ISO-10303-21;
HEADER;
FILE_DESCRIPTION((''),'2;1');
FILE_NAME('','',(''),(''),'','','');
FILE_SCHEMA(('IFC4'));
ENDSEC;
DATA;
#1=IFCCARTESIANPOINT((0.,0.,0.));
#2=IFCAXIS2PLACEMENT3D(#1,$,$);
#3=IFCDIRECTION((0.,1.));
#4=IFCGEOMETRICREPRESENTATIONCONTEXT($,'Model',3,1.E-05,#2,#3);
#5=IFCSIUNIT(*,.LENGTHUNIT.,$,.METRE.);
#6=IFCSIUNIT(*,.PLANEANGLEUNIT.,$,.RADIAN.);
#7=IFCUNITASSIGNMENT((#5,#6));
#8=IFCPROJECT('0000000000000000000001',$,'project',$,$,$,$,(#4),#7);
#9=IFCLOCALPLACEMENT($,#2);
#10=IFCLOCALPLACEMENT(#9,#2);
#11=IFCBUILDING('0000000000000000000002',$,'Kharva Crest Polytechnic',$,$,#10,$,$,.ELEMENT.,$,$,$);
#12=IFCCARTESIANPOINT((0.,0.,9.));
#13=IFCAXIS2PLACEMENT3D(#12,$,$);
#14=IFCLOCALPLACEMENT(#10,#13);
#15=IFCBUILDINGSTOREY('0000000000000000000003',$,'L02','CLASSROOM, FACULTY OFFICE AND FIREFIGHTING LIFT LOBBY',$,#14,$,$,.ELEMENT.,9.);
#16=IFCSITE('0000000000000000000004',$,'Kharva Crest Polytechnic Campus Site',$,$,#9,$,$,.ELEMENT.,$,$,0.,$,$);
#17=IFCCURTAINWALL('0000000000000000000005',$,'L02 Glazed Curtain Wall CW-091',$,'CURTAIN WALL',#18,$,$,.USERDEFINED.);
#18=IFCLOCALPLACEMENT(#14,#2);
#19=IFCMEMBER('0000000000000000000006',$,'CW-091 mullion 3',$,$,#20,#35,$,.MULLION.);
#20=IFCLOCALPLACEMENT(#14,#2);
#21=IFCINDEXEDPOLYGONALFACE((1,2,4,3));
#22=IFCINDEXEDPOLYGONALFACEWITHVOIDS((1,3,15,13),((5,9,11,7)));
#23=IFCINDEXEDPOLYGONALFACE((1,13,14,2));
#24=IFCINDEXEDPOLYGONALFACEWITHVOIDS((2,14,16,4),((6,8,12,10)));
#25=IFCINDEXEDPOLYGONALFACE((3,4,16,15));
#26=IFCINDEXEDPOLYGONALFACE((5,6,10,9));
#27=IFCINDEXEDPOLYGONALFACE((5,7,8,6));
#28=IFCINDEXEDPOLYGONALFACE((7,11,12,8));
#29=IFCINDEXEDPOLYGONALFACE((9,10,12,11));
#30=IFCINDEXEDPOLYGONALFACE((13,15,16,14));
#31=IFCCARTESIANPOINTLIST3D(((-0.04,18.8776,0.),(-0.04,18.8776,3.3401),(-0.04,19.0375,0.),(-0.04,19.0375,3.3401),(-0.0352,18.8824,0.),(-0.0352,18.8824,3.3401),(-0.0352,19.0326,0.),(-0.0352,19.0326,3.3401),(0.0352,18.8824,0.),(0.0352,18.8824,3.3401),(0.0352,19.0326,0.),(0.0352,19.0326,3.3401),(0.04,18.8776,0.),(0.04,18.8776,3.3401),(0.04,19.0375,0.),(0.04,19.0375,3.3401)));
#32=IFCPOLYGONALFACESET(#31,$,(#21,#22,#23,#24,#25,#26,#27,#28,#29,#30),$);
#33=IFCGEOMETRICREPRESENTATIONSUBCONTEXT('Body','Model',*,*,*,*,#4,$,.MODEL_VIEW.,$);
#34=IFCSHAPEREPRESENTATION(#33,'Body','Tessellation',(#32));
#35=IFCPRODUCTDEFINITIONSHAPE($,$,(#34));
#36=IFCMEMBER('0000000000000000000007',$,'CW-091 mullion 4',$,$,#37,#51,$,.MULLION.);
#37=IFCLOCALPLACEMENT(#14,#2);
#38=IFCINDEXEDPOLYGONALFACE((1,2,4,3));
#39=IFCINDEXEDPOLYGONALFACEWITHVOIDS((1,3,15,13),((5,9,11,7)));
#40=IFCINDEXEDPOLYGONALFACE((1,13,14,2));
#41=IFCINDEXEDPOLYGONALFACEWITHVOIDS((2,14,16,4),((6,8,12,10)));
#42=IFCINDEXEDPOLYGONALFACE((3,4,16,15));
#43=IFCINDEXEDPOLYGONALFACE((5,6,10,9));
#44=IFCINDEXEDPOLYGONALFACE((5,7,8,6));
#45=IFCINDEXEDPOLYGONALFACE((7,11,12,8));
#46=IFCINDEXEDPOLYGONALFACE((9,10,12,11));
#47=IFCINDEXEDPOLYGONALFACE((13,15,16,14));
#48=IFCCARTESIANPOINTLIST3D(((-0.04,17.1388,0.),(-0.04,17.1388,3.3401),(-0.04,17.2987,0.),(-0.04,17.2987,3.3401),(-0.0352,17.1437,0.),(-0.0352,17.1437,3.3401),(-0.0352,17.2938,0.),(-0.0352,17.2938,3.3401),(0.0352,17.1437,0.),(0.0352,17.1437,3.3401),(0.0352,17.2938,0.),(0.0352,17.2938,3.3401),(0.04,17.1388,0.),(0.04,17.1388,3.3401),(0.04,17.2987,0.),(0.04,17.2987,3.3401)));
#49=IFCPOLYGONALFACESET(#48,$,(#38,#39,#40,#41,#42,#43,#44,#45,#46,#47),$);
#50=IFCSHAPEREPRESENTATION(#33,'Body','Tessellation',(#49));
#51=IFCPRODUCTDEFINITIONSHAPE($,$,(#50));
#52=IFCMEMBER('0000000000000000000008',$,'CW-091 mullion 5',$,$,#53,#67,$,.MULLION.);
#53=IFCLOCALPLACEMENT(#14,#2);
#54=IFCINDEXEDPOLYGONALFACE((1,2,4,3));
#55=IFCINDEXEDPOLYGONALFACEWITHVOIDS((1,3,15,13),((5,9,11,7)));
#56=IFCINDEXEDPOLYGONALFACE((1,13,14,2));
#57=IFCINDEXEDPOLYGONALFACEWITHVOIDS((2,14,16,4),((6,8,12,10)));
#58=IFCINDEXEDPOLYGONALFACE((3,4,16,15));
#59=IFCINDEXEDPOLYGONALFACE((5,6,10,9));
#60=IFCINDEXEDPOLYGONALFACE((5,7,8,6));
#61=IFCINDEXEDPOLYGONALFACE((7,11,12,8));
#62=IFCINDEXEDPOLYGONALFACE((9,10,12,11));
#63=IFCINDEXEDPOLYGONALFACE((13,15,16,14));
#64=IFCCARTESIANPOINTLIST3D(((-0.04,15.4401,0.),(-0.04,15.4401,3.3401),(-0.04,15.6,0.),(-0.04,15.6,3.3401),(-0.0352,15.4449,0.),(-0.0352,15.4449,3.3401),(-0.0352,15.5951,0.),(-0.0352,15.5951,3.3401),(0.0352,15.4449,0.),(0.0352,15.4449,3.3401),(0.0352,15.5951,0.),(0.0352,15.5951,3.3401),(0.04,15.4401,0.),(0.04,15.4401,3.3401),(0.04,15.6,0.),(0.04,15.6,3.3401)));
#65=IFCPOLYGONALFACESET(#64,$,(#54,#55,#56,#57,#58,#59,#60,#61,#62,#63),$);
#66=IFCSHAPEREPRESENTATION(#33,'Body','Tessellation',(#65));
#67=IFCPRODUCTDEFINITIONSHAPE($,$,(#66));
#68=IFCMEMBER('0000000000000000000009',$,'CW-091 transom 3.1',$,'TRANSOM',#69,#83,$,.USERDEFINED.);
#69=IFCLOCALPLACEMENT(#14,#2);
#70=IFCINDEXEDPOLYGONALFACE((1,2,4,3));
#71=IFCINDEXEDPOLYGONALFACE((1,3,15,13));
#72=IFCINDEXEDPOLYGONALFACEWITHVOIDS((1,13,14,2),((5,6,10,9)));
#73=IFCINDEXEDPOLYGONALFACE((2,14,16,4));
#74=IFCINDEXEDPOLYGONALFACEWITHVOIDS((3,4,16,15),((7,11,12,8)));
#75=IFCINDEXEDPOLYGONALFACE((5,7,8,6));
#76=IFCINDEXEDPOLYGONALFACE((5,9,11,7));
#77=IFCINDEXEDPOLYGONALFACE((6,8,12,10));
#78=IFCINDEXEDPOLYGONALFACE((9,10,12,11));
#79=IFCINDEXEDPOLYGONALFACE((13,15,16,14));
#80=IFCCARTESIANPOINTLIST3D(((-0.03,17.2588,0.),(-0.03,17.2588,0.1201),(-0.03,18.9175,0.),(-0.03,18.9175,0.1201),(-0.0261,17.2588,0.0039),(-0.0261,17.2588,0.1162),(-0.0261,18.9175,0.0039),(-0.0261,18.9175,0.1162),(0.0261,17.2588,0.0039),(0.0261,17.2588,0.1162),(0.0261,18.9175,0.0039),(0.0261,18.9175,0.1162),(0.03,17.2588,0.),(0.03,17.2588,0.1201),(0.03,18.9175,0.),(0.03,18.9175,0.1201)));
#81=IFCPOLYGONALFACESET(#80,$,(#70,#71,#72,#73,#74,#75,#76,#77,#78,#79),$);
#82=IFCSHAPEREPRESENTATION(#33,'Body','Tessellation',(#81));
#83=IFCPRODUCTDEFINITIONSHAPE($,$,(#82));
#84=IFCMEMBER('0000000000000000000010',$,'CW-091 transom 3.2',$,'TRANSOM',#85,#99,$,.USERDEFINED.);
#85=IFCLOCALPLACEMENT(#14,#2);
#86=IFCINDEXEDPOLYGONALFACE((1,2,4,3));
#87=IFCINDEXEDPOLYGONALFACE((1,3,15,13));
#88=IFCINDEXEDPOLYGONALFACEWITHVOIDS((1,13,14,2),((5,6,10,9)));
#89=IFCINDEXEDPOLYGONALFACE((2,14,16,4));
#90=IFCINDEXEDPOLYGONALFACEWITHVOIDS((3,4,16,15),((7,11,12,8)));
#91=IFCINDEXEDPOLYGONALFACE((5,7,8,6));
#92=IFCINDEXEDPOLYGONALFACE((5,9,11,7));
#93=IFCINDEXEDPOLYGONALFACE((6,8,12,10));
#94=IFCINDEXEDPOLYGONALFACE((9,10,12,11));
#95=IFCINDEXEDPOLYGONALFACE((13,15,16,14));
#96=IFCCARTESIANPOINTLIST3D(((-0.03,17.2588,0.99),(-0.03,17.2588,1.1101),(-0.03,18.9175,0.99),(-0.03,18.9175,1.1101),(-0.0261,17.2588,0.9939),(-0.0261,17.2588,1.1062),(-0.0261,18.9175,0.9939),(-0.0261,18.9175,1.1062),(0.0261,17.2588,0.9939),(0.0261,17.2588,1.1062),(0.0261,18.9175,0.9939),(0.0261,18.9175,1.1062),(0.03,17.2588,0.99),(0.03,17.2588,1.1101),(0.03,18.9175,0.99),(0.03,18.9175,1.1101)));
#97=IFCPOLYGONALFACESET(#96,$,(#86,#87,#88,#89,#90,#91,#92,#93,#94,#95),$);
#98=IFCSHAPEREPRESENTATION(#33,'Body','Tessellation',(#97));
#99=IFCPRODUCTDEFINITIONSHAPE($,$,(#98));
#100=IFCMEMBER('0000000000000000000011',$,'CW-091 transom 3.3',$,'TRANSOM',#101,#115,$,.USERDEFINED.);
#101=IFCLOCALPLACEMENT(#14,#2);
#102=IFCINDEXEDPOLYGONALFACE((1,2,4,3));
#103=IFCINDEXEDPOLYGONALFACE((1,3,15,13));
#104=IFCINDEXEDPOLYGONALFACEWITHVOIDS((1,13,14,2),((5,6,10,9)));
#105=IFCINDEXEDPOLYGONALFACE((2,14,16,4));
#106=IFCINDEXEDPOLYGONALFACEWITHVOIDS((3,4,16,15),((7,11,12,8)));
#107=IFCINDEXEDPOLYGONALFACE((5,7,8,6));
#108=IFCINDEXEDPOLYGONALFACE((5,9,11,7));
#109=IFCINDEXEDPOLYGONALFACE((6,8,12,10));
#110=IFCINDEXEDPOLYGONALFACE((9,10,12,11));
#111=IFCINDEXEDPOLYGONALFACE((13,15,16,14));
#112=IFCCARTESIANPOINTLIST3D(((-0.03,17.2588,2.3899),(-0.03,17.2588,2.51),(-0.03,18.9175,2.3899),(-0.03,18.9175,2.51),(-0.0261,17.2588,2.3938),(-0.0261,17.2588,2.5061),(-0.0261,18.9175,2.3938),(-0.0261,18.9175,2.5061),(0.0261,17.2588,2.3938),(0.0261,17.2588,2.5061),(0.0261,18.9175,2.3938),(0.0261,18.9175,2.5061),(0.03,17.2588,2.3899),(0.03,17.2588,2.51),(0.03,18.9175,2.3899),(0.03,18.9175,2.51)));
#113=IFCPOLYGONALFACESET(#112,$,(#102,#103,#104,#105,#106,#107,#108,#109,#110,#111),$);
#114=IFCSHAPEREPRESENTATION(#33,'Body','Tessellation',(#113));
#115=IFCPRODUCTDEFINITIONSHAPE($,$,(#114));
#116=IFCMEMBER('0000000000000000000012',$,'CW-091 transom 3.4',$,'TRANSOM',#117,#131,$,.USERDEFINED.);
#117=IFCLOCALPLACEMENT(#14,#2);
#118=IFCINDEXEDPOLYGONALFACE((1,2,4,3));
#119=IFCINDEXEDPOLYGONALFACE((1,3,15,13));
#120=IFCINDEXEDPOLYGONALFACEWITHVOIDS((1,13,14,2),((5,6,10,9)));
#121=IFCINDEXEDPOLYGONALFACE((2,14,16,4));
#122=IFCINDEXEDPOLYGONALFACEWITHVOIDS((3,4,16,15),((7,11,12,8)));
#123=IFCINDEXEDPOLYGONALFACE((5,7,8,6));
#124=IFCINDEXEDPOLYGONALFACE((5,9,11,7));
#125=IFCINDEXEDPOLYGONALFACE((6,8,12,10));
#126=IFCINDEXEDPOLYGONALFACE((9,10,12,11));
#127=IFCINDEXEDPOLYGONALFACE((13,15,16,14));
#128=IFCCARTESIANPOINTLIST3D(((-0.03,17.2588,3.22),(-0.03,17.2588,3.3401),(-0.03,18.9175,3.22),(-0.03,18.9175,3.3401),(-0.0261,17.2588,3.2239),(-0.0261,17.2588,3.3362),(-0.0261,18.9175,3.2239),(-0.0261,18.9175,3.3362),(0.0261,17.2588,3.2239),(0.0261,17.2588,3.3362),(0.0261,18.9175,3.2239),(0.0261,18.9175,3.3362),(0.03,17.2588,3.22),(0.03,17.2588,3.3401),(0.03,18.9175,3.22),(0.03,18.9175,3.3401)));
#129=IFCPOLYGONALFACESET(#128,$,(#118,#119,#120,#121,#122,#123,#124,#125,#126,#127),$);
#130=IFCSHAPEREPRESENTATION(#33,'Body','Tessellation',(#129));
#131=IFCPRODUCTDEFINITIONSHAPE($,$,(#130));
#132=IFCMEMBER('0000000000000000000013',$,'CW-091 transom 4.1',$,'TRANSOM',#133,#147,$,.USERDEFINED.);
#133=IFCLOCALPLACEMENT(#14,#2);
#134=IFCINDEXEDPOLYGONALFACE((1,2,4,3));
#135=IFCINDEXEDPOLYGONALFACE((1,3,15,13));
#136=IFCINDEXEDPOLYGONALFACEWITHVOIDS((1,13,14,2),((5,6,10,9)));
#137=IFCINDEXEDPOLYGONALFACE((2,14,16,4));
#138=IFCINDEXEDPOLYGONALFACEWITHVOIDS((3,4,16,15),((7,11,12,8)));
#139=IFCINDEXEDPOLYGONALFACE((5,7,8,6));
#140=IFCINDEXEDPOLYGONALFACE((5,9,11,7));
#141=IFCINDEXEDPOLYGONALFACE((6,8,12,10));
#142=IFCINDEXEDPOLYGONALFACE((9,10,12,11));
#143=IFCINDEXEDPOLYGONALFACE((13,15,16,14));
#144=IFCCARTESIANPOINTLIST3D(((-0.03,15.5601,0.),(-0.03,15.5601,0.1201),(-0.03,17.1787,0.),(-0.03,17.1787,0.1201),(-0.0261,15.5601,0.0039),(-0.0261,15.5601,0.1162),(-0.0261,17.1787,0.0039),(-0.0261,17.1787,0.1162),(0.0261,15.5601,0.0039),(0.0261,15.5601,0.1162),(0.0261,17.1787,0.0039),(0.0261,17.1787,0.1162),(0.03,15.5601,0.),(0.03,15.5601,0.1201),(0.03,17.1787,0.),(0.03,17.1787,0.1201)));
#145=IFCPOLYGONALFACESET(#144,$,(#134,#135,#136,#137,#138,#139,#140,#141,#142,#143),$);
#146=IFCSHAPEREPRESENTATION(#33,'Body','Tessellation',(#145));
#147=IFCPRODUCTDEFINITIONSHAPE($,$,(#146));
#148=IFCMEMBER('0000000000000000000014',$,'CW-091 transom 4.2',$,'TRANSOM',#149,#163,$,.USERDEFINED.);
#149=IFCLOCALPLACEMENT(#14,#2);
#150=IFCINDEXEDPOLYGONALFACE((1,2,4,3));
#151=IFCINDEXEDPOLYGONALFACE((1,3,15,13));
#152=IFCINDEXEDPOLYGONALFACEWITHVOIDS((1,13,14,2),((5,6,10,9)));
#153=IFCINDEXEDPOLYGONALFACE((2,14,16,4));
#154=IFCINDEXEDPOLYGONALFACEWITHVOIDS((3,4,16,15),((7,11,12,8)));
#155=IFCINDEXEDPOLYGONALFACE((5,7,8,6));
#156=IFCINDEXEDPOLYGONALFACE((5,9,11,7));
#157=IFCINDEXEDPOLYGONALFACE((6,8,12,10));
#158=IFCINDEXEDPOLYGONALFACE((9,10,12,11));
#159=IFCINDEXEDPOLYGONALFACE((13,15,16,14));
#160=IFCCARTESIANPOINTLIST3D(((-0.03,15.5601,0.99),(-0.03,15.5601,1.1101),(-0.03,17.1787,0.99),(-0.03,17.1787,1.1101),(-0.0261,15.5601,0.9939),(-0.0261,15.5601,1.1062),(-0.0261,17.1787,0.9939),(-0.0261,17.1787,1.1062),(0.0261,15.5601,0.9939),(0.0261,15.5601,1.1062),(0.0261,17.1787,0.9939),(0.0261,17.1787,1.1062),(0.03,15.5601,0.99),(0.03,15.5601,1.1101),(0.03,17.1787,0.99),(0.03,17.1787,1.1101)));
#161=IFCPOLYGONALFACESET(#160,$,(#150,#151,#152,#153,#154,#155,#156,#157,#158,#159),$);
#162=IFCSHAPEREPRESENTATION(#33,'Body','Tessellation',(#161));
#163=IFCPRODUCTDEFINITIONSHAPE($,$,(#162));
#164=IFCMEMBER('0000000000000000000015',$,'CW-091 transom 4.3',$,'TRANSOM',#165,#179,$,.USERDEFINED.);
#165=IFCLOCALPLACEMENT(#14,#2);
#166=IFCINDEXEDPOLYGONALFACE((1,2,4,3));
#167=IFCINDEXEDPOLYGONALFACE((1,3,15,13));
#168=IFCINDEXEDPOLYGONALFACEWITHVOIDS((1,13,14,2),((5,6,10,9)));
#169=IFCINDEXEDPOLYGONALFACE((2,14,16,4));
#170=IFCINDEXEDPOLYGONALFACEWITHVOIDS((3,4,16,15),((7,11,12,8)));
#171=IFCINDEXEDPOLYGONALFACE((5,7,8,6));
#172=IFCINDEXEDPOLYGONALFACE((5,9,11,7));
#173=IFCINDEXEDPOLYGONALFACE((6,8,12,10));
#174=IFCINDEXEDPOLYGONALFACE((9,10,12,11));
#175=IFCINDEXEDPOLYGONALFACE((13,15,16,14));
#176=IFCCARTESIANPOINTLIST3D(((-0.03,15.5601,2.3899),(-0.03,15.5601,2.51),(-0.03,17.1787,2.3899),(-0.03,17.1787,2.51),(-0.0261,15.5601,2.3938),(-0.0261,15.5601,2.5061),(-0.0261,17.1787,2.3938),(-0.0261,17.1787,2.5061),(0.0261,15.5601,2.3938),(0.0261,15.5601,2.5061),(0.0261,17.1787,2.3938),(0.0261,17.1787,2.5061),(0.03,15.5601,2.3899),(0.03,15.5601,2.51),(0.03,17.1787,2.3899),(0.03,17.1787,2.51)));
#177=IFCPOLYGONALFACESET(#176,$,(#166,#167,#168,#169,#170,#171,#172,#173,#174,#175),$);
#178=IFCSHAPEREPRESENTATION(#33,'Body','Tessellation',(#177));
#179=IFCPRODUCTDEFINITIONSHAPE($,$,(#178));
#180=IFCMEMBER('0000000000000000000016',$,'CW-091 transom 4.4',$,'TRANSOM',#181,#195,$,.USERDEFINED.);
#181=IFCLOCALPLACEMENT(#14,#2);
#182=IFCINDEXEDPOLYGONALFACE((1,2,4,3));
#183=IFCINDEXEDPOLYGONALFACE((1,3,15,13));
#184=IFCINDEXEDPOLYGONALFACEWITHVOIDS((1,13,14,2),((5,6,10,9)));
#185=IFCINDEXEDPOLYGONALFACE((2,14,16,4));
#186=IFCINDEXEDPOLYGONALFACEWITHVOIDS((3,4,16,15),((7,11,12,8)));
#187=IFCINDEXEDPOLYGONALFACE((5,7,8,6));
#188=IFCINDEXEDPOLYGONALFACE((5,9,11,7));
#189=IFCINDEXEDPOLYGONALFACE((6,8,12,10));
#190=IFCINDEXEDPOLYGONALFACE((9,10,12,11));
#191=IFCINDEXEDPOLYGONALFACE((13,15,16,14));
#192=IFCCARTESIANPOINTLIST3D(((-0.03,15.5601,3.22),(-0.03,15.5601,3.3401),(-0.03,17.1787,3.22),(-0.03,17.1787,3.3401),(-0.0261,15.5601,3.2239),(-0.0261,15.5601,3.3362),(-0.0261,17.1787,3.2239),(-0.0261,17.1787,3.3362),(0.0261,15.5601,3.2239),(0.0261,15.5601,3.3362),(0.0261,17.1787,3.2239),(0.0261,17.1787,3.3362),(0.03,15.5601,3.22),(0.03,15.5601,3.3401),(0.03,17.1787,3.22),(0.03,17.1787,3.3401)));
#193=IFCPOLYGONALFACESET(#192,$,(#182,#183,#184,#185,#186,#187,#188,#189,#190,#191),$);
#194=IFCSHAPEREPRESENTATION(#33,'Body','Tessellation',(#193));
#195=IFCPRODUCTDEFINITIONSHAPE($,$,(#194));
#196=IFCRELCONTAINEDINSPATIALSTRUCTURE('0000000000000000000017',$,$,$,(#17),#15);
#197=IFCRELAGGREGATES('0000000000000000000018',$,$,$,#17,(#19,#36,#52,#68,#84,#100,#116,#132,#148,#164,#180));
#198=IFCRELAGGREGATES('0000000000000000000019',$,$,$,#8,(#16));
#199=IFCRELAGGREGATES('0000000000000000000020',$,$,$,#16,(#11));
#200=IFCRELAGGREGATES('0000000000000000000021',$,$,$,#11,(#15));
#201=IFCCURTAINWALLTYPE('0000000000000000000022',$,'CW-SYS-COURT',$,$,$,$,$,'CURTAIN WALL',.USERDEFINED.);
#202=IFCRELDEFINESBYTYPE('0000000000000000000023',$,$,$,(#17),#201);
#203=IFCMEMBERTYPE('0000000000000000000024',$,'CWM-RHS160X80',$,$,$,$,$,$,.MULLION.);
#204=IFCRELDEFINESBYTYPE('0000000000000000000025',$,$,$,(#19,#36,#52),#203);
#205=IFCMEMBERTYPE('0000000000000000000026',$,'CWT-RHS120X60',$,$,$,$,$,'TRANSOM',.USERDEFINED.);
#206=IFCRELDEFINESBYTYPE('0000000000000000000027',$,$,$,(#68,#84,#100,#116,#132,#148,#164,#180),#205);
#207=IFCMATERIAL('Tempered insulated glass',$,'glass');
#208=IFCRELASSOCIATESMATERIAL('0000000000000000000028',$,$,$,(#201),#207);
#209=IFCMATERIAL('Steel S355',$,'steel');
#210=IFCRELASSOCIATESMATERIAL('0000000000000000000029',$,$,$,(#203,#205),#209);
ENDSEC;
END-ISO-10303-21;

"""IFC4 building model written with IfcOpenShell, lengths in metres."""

from ifc_helpers import new_model, si_unit, direction, frame, origin, origin_2d, place, context, subcontext, project, spatial, hollow_rectangle, extrude, material, material_profile, profile_set, type_object, element, aggregate, save


model = new_model("IFC4")

# Units and contexts
model_context = context("Model", 3, precision=1e-05, world=origin(), true_north=direction((0.0, 1.0)))
body_context = subcontext(model_context, "Body", "Model", "MODEL_VIEW")
ifc_project = project(units=[si_unit("LENGTHUNIT", "METRE"), si_unit("PLANEANGLEUNIT", "RADIAN")], contexts=[model_context])

# Site, building, storey
site_placement = place(None, origin())
site = spatial("IfcSite", under=ifc_project, at=site_placement, Name="Kharva Crest Polytechnic Campus Site", CompositionType="ELEMENT", RefElevation=0.0)
building_placement = place(site_placement, origin())
building = spatial("IfcBuilding", under=site, at=building_placement, Name="Kharva Crest Polytechnic", CompositionType="ELEMENT")
storey_placement = place(building_placement, frame((0.0, 0.0, 9.0)))
storey = spatial("IfcBuildingStorey", under=building, at=storey_placement, Name="L02", Description="CLASSROOM, FACULTY OFFICE AND FIREFIGHTING LIFT LOBBY", CompositionType="ELEMENT", Elevation=9.0)

# Curtain wall, members
ifc_material_1 = material(Name="Tempered insulated glass", Category="glass")
curtain_wall_type = type_object("IfcCurtainWallType", Name="CW-SYS-COURT", ElementType="CURTAIN WALL", PredefinedType="USERDEFINED", material=ifc_material_1)
curtain_wall_placement = place(storey_placement, origin())
curtain_wall = element("IfcCurtainWall", 1, at=curtain_wall_placement, inside=storey, type_object=curtain_wall_type, Name="L02 Glazed Curtain Wall CW-091", ObjectType="CURTAIN WALL", PredefinedType="USERDEFINED")
ifc_material_2 = material(Name="Steel S355", Category="steel")
ifc_material_profile_1 = material_profile(ifc_material_2, hollow_rectangle(XDim=0.0801, YDim=0.1599, WallThickness=0.0049, at=origin_2d()), Name="RHS 160X80X5.0")
ifc_profile_set_1 = profile_set([ifc_material_profile_1], Name="Steel S355")
member_type_1 = type_object("IfcMemberType", Name="CWM-RHS160X80", PredefinedType="MULLION", material=ifc_profile_set_1)
member_1_placement = place(storey_placement, frame((0.0, 18.9575, 0.0), z_axis=(0.0, 0.0, 1.0), x_axis=(1.0, 0.0, 0.0)))
member_1 = element("IfcMember", 2, at=member_1_placement, type_object=member_type_1, Name="CW-091 mullion 3", PredefinedType="MULLION", context=body_context, shape_type="SweptSolid", body=[
    extrude(hollow_rectangle(XDim=0.0801, YDim=0.1599, WallThickness=0.0049, at=origin_2d()), origin(), (0.0, 0.0, 1.0), 3.3401),
])
member_2_placement = place(storey_placement, frame((0.0, 17.2188, 0.0), z_axis=(0.0, 0.0, 1.0), x_axis=(1.0, 0.0, 0.0)))
member_2 = element("IfcMember", 3, at=member_2_placement, type_object=member_type_1, Name="CW-091 mullion 4", PredefinedType="MULLION", context=body_context, shape_type="SweptSolid", body=[
    extrude(hollow_rectangle(XDim=0.0801, YDim=0.1599, WallThickness=0.0049, at=origin_2d()), origin(), (0.0, 0.0, 1.0), 3.3401),
])
member_3_placement = place(storey_placement, frame((0.0, 15.52, 0.0), z_axis=(0.0, 0.0, 1.0), x_axis=(1.0, 0.0, 0.0)))
member_3 = element("IfcMember", 4, at=member_3_placement, type_object=member_type_1, Name="CW-091 mullion 5", PredefinedType="MULLION", context=body_context, shape_type="SweptSolid", body=[
    extrude(hollow_rectangle(XDim=0.0801, YDim=0.1599, WallThickness=0.0049, at=origin_2d()), origin(), (0.0, 0.0, 1.0), 3.3401),
])
ifc_material_profile_2 = material_profile(ifc_material_2, hollow_rectangle(XDim=0.0601, YDim=0.1201, WallThickness=0.0039, at=origin_2d()), Name="RHS 120X60X4.0")
ifc_profile_set_2 = profile_set([ifc_material_profile_2], Name="Steel S355")
member_type_2 = type_object("IfcMemberType", Name="CWT-RHS120X60", ElementType="TRANSOM", PredefinedType="USERDEFINED", material=ifc_profile_set_2)
member_4_placement = place(storey_placement, frame((0.0, 18.9175, 0.0601), z_axis=(0.0, -1.0, 0.0), x_axis=(1.0, 0.0, 0.0)))
member_4 = element("IfcMember", 5, at=member_4_placement, type_object=member_type_2, Name="CW-091 transom 3.1", ObjectType="TRANSOM", PredefinedType="USERDEFINED", context=body_context, shape_type="SweptSolid", body=[
    extrude(hollow_rectangle(XDim=0.0601, YDim=0.1201, WallThickness=0.0039, at=origin_2d()), origin(), (0.0, 0.0, 1.0), 1.6587),
])
member_5_placement = place(storey_placement, frame((0.0, 18.9175, 1.05), z_axis=(0.0, -1.0, 0.0), x_axis=(1.0, 0.0, 0.0)))
member_5 = element("IfcMember", 6, at=member_5_placement, type_object=member_type_2, Name="CW-091 transom 3.2", ObjectType="TRANSOM", PredefinedType="USERDEFINED", context=body_context, shape_type="SweptSolid", body=[
    extrude(hollow_rectangle(XDim=0.0601, YDim=0.1201, WallThickness=0.0039, at=origin_2d()), origin(), (0.0, 0.0, 1.0), 1.6587),
])
member_6_placement = place(storey_placement, frame((0.0, 18.9175, 2.45), z_axis=(0.0, -1.0, 0.0), x_axis=(1.0, 0.0, 0.0)))
member_6 = element("IfcMember", 7, at=member_6_placement, type_object=member_type_2, Name="CW-091 transom 3.3", ObjectType="TRANSOM", PredefinedType="USERDEFINED", context=body_context, shape_type="SweptSolid", body=[
    extrude(hollow_rectangle(XDim=0.0601, YDim=0.1201, WallThickness=0.0039, at=origin_2d()), origin(), (0.0, 0.0, 1.0), 1.6587),
])
member_7_placement = place(storey_placement, frame((0.0, 18.9175, 3.28), z_axis=(0.0, -1.0, 0.0), x_axis=(1.0, 0.0, 0.0)))
member_7 = element("IfcMember", 8, at=member_7_placement, type_object=member_type_2, Name="CW-091 transom 3.4", ObjectType="TRANSOM", PredefinedType="USERDEFINED", context=body_context, shape_type="SweptSolid", body=[
    extrude(hollow_rectangle(XDim=0.0601, YDim=0.1201, WallThickness=0.0039, at=origin_2d()), origin(), (0.0, 0.0, 1.0), 1.6587),
])
member_8_placement = place(storey_placement, frame((0.0, 17.1787, 0.0601), z_axis=(0.0, -1.0, 0.0), x_axis=(1.0, 0.0, 0.0)))
member_8 = element("IfcMember", 9, at=member_8_placement, type_object=member_type_2, Name="CW-091 transom 4.1", ObjectType="TRANSOM", PredefinedType="USERDEFINED", context=body_context, shape_type="SweptSolid", body=[
    extrude(hollow_rectangle(XDim=0.0601, YDim=0.1201, WallThickness=0.0039, at=origin_2d()), origin(), (0.0, 0.0, 1.0), 1.6187),
])
member_9_placement = place(storey_placement, frame((0.0, 17.1787, 1.05), z_axis=(0.0, -1.0, 0.0), x_axis=(1.0, 0.0, 0.0)))
member_9 = element("IfcMember", 10, at=member_9_placement, type_object=member_type_2, Name="CW-091 transom 4.2", ObjectType="TRANSOM", PredefinedType="USERDEFINED", context=body_context, shape_type="SweptSolid", body=[
    extrude(hollow_rectangle(XDim=0.0601, YDim=0.1201, WallThickness=0.0039, at=origin_2d()), origin(), (0.0, 0.0, 1.0), 1.6187),
])
member_10_placement = place(storey_placement, frame((0.0, 17.1787, 2.45), z_axis=(0.0, -1.0, 0.0), x_axis=(1.0, 0.0, 0.0)))
member_10 = element("IfcMember", 11, at=member_10_placement, type_object=member_type_2, Name="CW-091 transom 4.3", ObjectType="TRANSOM", PredefinedType="USERDEFINED", context=body_context, shape_type="SweptSolid", body=[
    extrude(hollow_rectangle(XDim=0.0601, YDim=0.1201, WallThickness=0.0039, at=origin_2d()), origin(), (0.0, 0.0, 1.0), 1.6187),
])
member_11_placement = place(storey_placement, frame((0.0, 17.1787, 3.28), z_axis=(0.0, -1.0, 0.0), x_axis=(1.0, 0.0, 0.0)))
member_11 = element("IfcMember", 12, at=member_11_placement, type_object=member_type_2, Name="CW-091 transom 4.4", ObjectType="TRANSOM", PredefinedType="USERDEFINED", context=body_context, shape_type="SweptSolid", body=[
    extrude(hollow_rectangle(XDim=0.0601, YDim=0.1201, WallThickness=0.0039, at=origin_2d()), origin(), (0.0, 0.0, 1.0), 1.6187),
])
aggregate(curtain_wall, [member_1, member_2, member_3, member_4, member_5, member_6, member_7, member_8, member_9, member_10, member_11])

save(model, "model.ifc")
